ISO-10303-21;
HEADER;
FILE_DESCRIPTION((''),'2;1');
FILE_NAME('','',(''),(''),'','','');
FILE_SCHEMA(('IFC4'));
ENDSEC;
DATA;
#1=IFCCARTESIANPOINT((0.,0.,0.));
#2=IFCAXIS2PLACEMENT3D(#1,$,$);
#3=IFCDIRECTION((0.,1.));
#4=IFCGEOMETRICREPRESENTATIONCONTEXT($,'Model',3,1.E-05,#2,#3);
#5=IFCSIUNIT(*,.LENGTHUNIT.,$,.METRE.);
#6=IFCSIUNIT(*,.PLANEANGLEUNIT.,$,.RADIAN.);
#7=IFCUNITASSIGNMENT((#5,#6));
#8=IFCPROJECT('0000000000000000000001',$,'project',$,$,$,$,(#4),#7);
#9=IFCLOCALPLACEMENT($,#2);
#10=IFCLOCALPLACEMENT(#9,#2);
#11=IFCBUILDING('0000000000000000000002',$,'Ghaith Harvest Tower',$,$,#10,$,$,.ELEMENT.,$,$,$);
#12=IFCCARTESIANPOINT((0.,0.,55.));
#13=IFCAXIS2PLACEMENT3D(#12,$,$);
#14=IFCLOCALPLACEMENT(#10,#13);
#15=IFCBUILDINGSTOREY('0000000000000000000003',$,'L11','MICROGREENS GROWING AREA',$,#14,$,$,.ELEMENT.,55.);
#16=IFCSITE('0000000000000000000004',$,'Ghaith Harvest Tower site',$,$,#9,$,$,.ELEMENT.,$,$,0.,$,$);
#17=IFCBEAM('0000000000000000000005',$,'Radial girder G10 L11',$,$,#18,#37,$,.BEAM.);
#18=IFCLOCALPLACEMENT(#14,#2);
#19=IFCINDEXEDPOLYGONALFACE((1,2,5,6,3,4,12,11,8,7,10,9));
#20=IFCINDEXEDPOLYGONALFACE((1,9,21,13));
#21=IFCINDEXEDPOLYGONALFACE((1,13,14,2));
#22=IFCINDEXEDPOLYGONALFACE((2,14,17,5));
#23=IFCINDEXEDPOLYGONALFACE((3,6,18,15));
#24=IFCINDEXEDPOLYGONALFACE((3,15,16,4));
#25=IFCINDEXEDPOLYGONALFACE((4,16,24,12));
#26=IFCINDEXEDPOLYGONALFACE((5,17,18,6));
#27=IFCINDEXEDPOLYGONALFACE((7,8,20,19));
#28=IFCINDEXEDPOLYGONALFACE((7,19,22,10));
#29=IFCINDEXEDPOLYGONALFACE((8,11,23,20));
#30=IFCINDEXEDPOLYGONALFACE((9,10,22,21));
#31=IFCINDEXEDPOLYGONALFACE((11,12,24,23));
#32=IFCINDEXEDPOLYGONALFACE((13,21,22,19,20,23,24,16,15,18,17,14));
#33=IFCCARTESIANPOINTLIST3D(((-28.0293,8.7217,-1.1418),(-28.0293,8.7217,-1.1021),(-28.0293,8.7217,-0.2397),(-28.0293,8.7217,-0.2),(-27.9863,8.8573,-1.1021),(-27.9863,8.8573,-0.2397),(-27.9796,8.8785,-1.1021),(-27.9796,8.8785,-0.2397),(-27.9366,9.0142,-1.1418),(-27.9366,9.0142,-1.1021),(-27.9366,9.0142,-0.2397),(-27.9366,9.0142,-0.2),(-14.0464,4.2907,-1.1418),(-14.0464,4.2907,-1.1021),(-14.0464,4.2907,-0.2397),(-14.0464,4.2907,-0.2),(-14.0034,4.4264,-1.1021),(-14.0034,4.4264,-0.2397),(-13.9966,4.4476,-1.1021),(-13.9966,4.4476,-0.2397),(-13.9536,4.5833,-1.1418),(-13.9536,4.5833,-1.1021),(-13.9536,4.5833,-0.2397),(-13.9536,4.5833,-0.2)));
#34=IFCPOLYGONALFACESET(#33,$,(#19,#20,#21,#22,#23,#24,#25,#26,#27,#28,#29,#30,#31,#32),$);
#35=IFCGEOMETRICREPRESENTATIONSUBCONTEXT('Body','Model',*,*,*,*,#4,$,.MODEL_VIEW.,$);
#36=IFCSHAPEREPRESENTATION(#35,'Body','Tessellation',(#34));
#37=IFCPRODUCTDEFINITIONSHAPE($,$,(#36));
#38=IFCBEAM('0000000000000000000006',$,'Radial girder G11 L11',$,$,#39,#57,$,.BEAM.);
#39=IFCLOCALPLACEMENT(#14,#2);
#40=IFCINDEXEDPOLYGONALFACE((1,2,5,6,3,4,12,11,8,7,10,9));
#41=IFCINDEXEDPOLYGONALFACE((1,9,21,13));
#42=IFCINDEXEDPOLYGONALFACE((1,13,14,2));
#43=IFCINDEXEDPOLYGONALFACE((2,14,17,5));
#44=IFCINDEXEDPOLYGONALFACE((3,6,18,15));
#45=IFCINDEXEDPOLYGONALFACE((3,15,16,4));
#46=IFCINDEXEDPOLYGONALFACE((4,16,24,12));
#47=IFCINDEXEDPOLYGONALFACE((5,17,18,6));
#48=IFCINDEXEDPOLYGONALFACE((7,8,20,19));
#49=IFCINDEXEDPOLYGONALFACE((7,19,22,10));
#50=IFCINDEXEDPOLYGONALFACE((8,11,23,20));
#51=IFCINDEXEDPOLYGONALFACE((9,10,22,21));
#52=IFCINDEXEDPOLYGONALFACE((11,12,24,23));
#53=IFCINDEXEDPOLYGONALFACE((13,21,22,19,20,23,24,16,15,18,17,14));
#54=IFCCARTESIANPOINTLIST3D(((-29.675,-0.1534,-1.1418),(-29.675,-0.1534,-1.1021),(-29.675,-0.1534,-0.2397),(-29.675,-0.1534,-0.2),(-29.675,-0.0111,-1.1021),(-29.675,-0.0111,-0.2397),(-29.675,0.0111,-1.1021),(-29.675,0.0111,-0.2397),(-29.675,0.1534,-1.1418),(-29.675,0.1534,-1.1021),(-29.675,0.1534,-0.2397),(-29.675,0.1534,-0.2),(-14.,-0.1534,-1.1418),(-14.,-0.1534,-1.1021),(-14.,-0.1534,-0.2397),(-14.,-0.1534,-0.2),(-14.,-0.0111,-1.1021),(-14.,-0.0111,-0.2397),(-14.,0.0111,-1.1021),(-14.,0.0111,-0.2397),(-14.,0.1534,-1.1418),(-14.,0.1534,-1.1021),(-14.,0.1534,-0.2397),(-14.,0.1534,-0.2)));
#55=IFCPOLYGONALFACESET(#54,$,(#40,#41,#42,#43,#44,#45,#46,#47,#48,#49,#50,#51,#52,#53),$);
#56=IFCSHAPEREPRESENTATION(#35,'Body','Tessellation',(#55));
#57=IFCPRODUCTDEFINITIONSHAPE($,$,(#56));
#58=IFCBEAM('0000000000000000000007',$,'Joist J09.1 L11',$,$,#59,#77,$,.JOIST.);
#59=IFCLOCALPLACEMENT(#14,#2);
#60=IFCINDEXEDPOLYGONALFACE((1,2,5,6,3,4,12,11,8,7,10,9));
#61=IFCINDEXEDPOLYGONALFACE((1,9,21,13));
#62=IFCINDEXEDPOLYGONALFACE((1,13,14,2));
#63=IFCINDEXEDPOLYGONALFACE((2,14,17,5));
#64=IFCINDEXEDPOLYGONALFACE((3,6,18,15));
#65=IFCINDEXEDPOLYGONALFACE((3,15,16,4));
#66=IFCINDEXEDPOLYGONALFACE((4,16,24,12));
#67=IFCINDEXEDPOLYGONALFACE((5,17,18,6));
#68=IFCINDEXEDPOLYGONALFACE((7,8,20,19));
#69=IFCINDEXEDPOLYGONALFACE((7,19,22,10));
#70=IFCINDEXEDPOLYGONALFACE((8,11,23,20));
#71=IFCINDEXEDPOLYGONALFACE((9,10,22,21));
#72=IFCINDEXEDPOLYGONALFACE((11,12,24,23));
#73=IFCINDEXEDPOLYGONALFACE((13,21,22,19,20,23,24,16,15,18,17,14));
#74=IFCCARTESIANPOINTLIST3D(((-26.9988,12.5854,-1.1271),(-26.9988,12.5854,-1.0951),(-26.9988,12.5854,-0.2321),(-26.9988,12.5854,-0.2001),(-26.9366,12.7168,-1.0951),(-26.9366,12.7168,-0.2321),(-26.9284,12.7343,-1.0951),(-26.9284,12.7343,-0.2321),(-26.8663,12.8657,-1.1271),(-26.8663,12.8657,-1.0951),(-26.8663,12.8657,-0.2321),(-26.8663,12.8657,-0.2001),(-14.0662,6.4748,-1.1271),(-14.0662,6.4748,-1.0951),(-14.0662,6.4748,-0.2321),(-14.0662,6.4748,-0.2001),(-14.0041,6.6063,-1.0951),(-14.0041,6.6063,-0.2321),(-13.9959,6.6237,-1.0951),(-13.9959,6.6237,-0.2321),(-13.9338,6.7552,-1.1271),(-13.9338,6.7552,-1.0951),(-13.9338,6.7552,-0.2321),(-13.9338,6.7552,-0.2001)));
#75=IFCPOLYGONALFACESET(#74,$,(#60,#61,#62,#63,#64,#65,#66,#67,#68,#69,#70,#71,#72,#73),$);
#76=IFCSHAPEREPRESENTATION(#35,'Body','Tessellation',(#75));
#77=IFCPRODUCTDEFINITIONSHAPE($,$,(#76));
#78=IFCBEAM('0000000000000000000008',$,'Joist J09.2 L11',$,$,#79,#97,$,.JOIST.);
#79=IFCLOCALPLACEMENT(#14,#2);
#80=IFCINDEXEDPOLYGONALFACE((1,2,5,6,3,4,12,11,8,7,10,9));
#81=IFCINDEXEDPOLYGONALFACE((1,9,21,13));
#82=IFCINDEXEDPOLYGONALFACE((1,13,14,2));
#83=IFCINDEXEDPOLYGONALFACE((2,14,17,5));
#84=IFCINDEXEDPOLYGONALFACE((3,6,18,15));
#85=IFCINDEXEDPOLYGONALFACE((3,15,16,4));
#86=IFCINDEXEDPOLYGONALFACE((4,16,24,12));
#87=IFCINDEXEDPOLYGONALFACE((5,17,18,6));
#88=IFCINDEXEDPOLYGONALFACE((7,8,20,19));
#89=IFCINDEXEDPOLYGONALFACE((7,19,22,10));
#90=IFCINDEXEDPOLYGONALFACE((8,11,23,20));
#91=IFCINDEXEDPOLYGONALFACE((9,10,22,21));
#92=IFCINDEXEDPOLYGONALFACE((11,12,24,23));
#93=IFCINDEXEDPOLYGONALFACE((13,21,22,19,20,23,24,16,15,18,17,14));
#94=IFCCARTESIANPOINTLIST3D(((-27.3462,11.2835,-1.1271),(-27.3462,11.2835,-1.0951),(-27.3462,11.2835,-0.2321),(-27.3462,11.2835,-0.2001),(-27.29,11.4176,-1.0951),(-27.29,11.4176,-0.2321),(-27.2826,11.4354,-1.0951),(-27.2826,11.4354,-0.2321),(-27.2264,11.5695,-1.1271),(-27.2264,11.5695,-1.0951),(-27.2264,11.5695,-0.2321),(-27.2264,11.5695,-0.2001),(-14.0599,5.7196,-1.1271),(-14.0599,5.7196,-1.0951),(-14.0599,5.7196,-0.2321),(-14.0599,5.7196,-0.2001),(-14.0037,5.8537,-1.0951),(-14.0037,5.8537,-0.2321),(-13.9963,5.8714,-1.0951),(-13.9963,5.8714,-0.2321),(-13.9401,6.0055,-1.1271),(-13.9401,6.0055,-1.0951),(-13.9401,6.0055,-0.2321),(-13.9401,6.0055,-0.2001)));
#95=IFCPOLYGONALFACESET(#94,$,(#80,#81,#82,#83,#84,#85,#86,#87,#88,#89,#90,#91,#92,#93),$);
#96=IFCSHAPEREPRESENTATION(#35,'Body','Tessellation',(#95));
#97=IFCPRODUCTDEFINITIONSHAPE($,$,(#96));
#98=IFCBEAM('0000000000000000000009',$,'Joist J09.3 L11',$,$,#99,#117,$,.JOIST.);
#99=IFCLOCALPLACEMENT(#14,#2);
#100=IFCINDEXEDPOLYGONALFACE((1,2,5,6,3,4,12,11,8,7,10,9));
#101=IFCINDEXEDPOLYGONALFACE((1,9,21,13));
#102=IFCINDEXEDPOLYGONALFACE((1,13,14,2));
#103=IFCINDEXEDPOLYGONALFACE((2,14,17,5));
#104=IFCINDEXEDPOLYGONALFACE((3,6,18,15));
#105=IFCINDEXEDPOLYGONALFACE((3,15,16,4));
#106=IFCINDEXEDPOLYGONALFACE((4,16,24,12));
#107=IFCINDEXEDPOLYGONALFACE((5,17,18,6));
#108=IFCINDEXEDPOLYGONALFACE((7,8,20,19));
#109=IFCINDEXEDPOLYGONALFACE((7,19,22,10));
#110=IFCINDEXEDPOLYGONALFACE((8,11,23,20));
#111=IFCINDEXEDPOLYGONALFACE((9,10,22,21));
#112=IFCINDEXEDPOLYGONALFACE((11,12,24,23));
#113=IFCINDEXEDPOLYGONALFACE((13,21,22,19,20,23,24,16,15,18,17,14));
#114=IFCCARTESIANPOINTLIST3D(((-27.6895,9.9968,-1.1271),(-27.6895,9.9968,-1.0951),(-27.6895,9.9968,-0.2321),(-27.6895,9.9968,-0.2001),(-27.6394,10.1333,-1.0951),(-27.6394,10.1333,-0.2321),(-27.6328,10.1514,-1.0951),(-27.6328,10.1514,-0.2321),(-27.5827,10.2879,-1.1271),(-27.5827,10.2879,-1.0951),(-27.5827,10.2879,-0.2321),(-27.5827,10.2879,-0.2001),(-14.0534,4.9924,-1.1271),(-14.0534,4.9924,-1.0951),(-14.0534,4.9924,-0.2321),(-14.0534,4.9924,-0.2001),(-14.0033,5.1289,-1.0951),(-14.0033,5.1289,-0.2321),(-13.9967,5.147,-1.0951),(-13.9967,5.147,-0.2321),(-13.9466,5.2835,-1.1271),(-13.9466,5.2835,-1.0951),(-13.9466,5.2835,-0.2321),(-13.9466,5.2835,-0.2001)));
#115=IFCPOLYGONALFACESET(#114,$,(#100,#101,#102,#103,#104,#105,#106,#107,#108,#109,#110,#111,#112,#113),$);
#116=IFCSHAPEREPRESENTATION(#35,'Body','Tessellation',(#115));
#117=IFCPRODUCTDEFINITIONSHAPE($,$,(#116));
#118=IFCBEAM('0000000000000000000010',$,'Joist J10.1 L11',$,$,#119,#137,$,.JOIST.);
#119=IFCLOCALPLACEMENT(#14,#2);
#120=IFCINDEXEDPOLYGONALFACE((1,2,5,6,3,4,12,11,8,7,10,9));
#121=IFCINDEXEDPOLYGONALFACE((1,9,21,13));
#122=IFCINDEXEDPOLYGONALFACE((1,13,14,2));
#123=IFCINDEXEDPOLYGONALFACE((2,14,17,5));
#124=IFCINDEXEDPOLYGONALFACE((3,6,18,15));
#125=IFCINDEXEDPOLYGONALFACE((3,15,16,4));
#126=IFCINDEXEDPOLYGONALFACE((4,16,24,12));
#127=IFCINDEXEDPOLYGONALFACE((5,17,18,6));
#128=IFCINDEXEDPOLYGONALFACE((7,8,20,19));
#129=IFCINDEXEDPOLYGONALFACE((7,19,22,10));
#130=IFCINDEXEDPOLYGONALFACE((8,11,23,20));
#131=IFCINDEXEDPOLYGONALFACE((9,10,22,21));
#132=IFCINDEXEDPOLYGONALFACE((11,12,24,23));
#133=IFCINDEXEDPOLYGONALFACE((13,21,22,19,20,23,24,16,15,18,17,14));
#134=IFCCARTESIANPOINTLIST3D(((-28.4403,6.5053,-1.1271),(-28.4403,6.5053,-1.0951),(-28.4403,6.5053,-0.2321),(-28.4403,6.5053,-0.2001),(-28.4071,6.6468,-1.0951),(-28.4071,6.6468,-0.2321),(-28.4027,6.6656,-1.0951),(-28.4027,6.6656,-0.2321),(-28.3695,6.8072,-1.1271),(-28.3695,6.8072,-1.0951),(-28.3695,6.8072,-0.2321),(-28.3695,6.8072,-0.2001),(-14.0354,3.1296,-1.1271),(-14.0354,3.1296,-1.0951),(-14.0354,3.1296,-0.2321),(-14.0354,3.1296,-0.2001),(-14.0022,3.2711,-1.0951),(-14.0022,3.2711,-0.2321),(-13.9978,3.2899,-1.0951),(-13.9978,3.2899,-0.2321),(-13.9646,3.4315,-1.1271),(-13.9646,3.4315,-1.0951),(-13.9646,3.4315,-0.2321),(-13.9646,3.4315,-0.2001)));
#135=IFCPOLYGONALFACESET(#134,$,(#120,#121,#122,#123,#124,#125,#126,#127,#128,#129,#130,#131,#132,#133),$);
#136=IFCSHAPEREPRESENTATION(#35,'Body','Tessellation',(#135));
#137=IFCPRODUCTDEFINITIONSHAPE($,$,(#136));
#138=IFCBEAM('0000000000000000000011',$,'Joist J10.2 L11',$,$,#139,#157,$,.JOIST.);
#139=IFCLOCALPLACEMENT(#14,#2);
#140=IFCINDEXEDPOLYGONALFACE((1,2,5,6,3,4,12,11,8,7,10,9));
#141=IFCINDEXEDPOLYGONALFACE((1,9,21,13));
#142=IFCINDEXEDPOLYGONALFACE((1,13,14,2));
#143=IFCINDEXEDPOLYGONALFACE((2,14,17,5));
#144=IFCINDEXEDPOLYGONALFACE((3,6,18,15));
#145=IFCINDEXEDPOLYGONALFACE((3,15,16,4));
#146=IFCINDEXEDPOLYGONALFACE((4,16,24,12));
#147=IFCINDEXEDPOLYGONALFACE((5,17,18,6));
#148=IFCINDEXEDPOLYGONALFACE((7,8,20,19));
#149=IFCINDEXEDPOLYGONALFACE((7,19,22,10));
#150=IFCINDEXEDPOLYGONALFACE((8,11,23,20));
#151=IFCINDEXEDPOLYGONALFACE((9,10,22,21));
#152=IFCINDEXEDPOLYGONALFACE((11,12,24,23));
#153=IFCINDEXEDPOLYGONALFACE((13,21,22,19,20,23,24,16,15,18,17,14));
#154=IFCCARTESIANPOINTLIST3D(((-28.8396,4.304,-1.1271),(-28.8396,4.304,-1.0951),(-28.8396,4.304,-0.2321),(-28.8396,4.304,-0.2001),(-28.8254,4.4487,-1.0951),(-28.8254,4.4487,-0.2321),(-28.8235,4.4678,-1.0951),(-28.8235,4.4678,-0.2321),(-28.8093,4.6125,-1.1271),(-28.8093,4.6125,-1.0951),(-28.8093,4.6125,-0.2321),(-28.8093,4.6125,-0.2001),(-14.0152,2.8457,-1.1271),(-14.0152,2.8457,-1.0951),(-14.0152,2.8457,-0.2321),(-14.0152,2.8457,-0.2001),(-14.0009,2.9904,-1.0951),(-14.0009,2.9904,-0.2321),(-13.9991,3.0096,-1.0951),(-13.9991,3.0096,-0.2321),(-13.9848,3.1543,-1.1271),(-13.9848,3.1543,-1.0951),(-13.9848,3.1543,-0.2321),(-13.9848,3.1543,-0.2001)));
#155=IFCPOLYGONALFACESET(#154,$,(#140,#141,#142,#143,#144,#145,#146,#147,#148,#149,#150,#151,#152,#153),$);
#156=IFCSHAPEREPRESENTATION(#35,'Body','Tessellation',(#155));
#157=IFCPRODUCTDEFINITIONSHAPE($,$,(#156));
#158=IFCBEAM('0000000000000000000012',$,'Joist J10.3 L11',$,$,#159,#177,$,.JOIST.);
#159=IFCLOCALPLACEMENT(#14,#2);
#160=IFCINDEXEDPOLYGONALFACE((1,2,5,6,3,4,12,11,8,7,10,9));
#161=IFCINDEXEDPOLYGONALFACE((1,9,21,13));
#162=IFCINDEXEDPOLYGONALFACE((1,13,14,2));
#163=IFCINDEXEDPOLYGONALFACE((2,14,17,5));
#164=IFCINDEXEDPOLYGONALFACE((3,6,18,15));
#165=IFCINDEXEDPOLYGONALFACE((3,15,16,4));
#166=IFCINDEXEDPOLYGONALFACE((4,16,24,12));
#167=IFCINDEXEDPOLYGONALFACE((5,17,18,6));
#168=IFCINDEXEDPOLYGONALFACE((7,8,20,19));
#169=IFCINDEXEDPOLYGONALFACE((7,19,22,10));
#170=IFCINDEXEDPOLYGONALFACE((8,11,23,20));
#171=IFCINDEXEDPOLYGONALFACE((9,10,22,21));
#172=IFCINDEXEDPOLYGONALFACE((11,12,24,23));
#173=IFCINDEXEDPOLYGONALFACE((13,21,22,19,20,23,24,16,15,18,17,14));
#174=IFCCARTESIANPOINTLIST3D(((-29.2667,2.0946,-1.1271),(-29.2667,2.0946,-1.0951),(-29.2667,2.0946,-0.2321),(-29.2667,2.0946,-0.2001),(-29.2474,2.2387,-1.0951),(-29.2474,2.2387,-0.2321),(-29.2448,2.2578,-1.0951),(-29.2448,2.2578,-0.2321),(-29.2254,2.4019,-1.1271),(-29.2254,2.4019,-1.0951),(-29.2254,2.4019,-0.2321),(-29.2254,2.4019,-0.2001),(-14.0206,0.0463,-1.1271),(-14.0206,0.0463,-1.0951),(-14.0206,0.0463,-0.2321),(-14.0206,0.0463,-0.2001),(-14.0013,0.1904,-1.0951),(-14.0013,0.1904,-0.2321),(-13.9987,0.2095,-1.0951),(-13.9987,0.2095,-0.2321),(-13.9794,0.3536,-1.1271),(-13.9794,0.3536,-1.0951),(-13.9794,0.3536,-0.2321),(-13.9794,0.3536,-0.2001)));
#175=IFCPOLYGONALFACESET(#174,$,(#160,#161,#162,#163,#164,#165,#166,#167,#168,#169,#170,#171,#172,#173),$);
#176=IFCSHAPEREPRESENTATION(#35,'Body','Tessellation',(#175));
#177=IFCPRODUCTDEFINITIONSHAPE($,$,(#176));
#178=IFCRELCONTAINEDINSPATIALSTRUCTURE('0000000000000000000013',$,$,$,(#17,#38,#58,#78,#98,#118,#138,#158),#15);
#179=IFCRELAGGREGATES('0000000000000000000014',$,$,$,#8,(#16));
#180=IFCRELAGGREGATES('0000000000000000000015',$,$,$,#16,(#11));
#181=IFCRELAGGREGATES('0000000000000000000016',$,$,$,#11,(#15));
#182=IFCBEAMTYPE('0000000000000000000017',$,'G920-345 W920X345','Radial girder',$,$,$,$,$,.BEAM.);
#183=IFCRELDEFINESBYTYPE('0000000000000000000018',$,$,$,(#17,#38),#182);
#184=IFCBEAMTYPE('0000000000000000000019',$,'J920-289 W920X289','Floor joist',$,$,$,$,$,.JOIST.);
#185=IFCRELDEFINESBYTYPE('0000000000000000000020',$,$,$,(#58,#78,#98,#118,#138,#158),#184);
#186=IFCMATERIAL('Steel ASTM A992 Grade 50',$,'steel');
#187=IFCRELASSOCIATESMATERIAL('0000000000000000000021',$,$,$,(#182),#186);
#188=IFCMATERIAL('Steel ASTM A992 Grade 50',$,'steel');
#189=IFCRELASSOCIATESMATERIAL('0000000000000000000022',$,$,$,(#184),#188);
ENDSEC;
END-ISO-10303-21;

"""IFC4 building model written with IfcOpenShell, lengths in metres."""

from ifc_helpers import new_model, si_unit, direction, frame, origin, origin_2d, place, context, subcontext, project, spatial, i_section, extrude, material, material_profile, profile_set, type_object, element, save


model = new_model("IFC4")

# Units and contexts
model_context = context("Model", 3, precision=1e-05, world=origin(), true_north=direction((0.0, 1.0)))
body_context = subcontext(model_context, "Body", "Model", "MODEL_VIEW")
ifc_project = project(units=[si_unit("LENGTHUNIT", "METRE"), si_unit("PLANEANGLEUNIT", "RADIAN")], contexts=[model_context])

# Site, building, storey
site_placement = place(None, origin())
site = spatial("IfcSite", under=ifc_project, at=site_placement, Name="Ghaith Harvest Tower site", CompositionType="ELEMENT", RefElevation=0.0)
building_placement = place(site_placement, origin())
building = spatial("IfcBuilding", under=site, at=building_placement, Name="Ghaith Harvest Tower", CompositionType="ELEMENT")
storey_placement = place(building_placement, frame((0.0, 0.0, 55.0)))
storey = spatial("IfcBuildingStorey", under=building, at=storey_placement, Name="L11", Description="MICROGREENS GROWING AREA", CompositionType="ELEMENT", Elevation=55.0)

# Beams
ifc_material_1 = material(Name="Steel ASTM A992 Grade 50", Category="steel")
ifc_material_profile_1 = material_profile(ifc_material_1, i_section(OverallWidth=0.3069, OverallDepth=0.9419, WebThickness=0.0222, FlangeThickness=0.0398, at=origin_2d()), Name="W920X345")
ifc_profile_set_1 = profile_set([ifc_material_profile_1], Name="Steel ASTM A992 Grade 50")
beam_type_1 = type_object("IfcBeamType", Name="G920-345 W920X345", Description="Radial girder", PredefinedType="BEAM", material=ifc_profile_set_1)
beam_1_placement = place(storey_placement, frame((-14.0, 4.437, -0.6709), z_axis=(-0.953284, 0.302077, 0.0), x_axis=(-0.302077, -0.953284, 0.0)))
element("IfcBeam", 1, at=beam_1_placement, inside=storey, type_object=beam_type_1, Name="Radial girder G10 L11", PredefinedType="BEAM", context=body_context, shape_type="SweptSolid", body=[
    extrude(i_section(OverallWidth=0.3069, OverallDepth=0.9419, WebThickness=0.0222, FlangeThickness=0.0398, at=origin_2d()), origin(), (0.0, 0.0, 1.0), 14.6682),
])
beam_2_placement = place(storey_placement, frame((-14.0, 0.0, -0.6709), z_axis=(-1.0, 0.0, 0.0), x_axis=(0.0, -1.0, 0.0)))
element("IfcBeam", 2, at=beam_2_placement, inside=storey, type_object=beam_type_1, Name="Radial girder G11 L11", PredefinedType="BEAM", context=body_context, shape_type="SweptSolid", body=[
    extrude(i_section(OverallWidth=0.3069, OverallDepth=0.9419, WebThickness=0.0222, FlangeThickness=0.0398, at=origin_2d()), origin(), (0.0, 0.0, 1.0), 15.675),
])
ifc_material_2 = material(Name="Steel ASTM A992 Grade 50", Category="steel")
ifc_material_profile_2 = material_profile(ifc_material_2, i_section(OverallWidth=0.3101, OverallDepth=0.927, WebThickness=0.0193, FlangeThickness=0.032, at=origin_2d()), Name="W920X289")
ifc_profile_set_2 = profile_set([ifc_material_profile_2], Name="Steel ASTM A992 Grade 50")
beam_type_2 = type_object("IfcBeamType", Name="J920-289 W920X289", Description="Floor joist", PredefinedType="JOIST", material=ifc_profile_set_2)
beam_3_placement = place(storey_placement, frame((-14.0, 6.615, -0.6636), z_axis=(-0.904153, 0.427208, 0.0), x_axis=(-0.427208, -0.904153, 0.0)))
element("IfcBeam", 3, at=beam_3_placement, inside=storey, type_object=beam_type_2, Name="Joist J09.1 L11", PredefinedType="JOIST", context=body_context, shape_type="SweptSolid", body=[
    extrude(i_section(OverallWidth=0.3101, OverallDepth=0.927, WebThickness=0.0193, FlangeThickness=0.032, at=origin_2d()), origin(), (0.0, 0.0, 1.0), 14.3035),
])
beam_4_placement = place(storey_placement, frame((-14.0, 5.8625, -0.6636), z_axis=(-0.922386, 0.38627, 0.0), x_axis=(-0.38627, -0.922386, 0.0)))
element("IfcBeam", 4, at=beam_4_placement, inside=storey, type_object=beam_type_2, Name="Joist J09.2 L11", PredefinedType="JOIST", context=body_context, shape_type="SweptSolid", body=[
    extrude(i_section(OverallWidth=0.3101, OverallDepth=0.927, WebThickness=0.0193, FlangeThickness=0.032, at=origin_2d()), origin(), (0.0, 0.0, 1.0), 14.4043),
])
beam_5_placement = place(storey_placement, frame((-14.0, 5.1379, -0.6636), z_axis=(-0.938775, 0.34453, 0.0), x_axis=(-0.34453, -0.938775, 0.0)))
element("IfcBeam", 5, at=beam_5_placement, inside=storey, type_object=beam_type_2, Name="Joist J09.3 L11", PredefinedType="JOIST", context=body_context, shape_type="SweptSolid", body=[
    extrude(i_section(OverallWidth=0.3101, OverallDepth=0.927, WebThickness=0.0193, FlangeThickness=0.032, at=origin_2d()), origin(), (0.0, 0.0, 1.0), 14.5254),
])
beam_6_placement = place(storey_placement, frame((-14.0, 3.2805, -0.6636), z_axis=(-0.973623, 0.228163, 0.0), x_axis=(-0.228163, -0.973623, 0.0)))
element("IfcBeam", 6, at=beam_6_placement, inside=storey, type_object=beam_type_2, Name="Joist J10.1 L11", PredefinedType="JOIST", context=body_context, shape_type="SweptSolid", body=[
    extrude(i_section(OverallWidth=0.3101, OverallDepth=0.927, WebThickness=0.0193, FlangeThickness=0.032, at=origin_2d()), origin(), (0.0, 0.0, 1.0), 14.7952),
])
beam_7_placement = place(storey_placement, frame((-14.0, 3.0, -0.6636), z_axis=(-0.995197, 0.097895, 0.0), x_axis=(-0.097895, -0.995197, 0.0)))
element("IfcBeam", 7, at=beam_7_placement, inside=storey, type_object=beam_type_2, Name="Joist J10.2 L11", PredefinedType="JOIST", context=body_context, shape_type="SweptSolid", body=[
    extrude(i_section(OverallWidth=0.3101, OverallDepth=0.927, WebThickness=0.0193, FlangeThickness=0.032, at=origin_2d()), origin(), (0.0, 0.0, 1.0), 14.896),
])
beam_8_placement = place(storey_placement, frame((-14.0, 0.2, -0.6636), z_axis=(-0.991095, 0.133155, 0.0), x_axis=(-0.133155, -0.991095, 0.0)))
element("IfcBeam", 8, at=beam_8_placement, inside=storey, type_object=beam_type_2, Name="Joist J10.3 L11", PredefinedType="JOIST", context=body_context, shape_type="SweptSolid", body=[
    extrude(i_section(OverallWidth=0.3101, OverallDepth=0.927, WebThickness=0.0193, FlangeThickness=0.032, at=origin_2d()), origin(), (0.0, 0.0, 1.0), 15.3831),
])

save(model, "model.ifc")
